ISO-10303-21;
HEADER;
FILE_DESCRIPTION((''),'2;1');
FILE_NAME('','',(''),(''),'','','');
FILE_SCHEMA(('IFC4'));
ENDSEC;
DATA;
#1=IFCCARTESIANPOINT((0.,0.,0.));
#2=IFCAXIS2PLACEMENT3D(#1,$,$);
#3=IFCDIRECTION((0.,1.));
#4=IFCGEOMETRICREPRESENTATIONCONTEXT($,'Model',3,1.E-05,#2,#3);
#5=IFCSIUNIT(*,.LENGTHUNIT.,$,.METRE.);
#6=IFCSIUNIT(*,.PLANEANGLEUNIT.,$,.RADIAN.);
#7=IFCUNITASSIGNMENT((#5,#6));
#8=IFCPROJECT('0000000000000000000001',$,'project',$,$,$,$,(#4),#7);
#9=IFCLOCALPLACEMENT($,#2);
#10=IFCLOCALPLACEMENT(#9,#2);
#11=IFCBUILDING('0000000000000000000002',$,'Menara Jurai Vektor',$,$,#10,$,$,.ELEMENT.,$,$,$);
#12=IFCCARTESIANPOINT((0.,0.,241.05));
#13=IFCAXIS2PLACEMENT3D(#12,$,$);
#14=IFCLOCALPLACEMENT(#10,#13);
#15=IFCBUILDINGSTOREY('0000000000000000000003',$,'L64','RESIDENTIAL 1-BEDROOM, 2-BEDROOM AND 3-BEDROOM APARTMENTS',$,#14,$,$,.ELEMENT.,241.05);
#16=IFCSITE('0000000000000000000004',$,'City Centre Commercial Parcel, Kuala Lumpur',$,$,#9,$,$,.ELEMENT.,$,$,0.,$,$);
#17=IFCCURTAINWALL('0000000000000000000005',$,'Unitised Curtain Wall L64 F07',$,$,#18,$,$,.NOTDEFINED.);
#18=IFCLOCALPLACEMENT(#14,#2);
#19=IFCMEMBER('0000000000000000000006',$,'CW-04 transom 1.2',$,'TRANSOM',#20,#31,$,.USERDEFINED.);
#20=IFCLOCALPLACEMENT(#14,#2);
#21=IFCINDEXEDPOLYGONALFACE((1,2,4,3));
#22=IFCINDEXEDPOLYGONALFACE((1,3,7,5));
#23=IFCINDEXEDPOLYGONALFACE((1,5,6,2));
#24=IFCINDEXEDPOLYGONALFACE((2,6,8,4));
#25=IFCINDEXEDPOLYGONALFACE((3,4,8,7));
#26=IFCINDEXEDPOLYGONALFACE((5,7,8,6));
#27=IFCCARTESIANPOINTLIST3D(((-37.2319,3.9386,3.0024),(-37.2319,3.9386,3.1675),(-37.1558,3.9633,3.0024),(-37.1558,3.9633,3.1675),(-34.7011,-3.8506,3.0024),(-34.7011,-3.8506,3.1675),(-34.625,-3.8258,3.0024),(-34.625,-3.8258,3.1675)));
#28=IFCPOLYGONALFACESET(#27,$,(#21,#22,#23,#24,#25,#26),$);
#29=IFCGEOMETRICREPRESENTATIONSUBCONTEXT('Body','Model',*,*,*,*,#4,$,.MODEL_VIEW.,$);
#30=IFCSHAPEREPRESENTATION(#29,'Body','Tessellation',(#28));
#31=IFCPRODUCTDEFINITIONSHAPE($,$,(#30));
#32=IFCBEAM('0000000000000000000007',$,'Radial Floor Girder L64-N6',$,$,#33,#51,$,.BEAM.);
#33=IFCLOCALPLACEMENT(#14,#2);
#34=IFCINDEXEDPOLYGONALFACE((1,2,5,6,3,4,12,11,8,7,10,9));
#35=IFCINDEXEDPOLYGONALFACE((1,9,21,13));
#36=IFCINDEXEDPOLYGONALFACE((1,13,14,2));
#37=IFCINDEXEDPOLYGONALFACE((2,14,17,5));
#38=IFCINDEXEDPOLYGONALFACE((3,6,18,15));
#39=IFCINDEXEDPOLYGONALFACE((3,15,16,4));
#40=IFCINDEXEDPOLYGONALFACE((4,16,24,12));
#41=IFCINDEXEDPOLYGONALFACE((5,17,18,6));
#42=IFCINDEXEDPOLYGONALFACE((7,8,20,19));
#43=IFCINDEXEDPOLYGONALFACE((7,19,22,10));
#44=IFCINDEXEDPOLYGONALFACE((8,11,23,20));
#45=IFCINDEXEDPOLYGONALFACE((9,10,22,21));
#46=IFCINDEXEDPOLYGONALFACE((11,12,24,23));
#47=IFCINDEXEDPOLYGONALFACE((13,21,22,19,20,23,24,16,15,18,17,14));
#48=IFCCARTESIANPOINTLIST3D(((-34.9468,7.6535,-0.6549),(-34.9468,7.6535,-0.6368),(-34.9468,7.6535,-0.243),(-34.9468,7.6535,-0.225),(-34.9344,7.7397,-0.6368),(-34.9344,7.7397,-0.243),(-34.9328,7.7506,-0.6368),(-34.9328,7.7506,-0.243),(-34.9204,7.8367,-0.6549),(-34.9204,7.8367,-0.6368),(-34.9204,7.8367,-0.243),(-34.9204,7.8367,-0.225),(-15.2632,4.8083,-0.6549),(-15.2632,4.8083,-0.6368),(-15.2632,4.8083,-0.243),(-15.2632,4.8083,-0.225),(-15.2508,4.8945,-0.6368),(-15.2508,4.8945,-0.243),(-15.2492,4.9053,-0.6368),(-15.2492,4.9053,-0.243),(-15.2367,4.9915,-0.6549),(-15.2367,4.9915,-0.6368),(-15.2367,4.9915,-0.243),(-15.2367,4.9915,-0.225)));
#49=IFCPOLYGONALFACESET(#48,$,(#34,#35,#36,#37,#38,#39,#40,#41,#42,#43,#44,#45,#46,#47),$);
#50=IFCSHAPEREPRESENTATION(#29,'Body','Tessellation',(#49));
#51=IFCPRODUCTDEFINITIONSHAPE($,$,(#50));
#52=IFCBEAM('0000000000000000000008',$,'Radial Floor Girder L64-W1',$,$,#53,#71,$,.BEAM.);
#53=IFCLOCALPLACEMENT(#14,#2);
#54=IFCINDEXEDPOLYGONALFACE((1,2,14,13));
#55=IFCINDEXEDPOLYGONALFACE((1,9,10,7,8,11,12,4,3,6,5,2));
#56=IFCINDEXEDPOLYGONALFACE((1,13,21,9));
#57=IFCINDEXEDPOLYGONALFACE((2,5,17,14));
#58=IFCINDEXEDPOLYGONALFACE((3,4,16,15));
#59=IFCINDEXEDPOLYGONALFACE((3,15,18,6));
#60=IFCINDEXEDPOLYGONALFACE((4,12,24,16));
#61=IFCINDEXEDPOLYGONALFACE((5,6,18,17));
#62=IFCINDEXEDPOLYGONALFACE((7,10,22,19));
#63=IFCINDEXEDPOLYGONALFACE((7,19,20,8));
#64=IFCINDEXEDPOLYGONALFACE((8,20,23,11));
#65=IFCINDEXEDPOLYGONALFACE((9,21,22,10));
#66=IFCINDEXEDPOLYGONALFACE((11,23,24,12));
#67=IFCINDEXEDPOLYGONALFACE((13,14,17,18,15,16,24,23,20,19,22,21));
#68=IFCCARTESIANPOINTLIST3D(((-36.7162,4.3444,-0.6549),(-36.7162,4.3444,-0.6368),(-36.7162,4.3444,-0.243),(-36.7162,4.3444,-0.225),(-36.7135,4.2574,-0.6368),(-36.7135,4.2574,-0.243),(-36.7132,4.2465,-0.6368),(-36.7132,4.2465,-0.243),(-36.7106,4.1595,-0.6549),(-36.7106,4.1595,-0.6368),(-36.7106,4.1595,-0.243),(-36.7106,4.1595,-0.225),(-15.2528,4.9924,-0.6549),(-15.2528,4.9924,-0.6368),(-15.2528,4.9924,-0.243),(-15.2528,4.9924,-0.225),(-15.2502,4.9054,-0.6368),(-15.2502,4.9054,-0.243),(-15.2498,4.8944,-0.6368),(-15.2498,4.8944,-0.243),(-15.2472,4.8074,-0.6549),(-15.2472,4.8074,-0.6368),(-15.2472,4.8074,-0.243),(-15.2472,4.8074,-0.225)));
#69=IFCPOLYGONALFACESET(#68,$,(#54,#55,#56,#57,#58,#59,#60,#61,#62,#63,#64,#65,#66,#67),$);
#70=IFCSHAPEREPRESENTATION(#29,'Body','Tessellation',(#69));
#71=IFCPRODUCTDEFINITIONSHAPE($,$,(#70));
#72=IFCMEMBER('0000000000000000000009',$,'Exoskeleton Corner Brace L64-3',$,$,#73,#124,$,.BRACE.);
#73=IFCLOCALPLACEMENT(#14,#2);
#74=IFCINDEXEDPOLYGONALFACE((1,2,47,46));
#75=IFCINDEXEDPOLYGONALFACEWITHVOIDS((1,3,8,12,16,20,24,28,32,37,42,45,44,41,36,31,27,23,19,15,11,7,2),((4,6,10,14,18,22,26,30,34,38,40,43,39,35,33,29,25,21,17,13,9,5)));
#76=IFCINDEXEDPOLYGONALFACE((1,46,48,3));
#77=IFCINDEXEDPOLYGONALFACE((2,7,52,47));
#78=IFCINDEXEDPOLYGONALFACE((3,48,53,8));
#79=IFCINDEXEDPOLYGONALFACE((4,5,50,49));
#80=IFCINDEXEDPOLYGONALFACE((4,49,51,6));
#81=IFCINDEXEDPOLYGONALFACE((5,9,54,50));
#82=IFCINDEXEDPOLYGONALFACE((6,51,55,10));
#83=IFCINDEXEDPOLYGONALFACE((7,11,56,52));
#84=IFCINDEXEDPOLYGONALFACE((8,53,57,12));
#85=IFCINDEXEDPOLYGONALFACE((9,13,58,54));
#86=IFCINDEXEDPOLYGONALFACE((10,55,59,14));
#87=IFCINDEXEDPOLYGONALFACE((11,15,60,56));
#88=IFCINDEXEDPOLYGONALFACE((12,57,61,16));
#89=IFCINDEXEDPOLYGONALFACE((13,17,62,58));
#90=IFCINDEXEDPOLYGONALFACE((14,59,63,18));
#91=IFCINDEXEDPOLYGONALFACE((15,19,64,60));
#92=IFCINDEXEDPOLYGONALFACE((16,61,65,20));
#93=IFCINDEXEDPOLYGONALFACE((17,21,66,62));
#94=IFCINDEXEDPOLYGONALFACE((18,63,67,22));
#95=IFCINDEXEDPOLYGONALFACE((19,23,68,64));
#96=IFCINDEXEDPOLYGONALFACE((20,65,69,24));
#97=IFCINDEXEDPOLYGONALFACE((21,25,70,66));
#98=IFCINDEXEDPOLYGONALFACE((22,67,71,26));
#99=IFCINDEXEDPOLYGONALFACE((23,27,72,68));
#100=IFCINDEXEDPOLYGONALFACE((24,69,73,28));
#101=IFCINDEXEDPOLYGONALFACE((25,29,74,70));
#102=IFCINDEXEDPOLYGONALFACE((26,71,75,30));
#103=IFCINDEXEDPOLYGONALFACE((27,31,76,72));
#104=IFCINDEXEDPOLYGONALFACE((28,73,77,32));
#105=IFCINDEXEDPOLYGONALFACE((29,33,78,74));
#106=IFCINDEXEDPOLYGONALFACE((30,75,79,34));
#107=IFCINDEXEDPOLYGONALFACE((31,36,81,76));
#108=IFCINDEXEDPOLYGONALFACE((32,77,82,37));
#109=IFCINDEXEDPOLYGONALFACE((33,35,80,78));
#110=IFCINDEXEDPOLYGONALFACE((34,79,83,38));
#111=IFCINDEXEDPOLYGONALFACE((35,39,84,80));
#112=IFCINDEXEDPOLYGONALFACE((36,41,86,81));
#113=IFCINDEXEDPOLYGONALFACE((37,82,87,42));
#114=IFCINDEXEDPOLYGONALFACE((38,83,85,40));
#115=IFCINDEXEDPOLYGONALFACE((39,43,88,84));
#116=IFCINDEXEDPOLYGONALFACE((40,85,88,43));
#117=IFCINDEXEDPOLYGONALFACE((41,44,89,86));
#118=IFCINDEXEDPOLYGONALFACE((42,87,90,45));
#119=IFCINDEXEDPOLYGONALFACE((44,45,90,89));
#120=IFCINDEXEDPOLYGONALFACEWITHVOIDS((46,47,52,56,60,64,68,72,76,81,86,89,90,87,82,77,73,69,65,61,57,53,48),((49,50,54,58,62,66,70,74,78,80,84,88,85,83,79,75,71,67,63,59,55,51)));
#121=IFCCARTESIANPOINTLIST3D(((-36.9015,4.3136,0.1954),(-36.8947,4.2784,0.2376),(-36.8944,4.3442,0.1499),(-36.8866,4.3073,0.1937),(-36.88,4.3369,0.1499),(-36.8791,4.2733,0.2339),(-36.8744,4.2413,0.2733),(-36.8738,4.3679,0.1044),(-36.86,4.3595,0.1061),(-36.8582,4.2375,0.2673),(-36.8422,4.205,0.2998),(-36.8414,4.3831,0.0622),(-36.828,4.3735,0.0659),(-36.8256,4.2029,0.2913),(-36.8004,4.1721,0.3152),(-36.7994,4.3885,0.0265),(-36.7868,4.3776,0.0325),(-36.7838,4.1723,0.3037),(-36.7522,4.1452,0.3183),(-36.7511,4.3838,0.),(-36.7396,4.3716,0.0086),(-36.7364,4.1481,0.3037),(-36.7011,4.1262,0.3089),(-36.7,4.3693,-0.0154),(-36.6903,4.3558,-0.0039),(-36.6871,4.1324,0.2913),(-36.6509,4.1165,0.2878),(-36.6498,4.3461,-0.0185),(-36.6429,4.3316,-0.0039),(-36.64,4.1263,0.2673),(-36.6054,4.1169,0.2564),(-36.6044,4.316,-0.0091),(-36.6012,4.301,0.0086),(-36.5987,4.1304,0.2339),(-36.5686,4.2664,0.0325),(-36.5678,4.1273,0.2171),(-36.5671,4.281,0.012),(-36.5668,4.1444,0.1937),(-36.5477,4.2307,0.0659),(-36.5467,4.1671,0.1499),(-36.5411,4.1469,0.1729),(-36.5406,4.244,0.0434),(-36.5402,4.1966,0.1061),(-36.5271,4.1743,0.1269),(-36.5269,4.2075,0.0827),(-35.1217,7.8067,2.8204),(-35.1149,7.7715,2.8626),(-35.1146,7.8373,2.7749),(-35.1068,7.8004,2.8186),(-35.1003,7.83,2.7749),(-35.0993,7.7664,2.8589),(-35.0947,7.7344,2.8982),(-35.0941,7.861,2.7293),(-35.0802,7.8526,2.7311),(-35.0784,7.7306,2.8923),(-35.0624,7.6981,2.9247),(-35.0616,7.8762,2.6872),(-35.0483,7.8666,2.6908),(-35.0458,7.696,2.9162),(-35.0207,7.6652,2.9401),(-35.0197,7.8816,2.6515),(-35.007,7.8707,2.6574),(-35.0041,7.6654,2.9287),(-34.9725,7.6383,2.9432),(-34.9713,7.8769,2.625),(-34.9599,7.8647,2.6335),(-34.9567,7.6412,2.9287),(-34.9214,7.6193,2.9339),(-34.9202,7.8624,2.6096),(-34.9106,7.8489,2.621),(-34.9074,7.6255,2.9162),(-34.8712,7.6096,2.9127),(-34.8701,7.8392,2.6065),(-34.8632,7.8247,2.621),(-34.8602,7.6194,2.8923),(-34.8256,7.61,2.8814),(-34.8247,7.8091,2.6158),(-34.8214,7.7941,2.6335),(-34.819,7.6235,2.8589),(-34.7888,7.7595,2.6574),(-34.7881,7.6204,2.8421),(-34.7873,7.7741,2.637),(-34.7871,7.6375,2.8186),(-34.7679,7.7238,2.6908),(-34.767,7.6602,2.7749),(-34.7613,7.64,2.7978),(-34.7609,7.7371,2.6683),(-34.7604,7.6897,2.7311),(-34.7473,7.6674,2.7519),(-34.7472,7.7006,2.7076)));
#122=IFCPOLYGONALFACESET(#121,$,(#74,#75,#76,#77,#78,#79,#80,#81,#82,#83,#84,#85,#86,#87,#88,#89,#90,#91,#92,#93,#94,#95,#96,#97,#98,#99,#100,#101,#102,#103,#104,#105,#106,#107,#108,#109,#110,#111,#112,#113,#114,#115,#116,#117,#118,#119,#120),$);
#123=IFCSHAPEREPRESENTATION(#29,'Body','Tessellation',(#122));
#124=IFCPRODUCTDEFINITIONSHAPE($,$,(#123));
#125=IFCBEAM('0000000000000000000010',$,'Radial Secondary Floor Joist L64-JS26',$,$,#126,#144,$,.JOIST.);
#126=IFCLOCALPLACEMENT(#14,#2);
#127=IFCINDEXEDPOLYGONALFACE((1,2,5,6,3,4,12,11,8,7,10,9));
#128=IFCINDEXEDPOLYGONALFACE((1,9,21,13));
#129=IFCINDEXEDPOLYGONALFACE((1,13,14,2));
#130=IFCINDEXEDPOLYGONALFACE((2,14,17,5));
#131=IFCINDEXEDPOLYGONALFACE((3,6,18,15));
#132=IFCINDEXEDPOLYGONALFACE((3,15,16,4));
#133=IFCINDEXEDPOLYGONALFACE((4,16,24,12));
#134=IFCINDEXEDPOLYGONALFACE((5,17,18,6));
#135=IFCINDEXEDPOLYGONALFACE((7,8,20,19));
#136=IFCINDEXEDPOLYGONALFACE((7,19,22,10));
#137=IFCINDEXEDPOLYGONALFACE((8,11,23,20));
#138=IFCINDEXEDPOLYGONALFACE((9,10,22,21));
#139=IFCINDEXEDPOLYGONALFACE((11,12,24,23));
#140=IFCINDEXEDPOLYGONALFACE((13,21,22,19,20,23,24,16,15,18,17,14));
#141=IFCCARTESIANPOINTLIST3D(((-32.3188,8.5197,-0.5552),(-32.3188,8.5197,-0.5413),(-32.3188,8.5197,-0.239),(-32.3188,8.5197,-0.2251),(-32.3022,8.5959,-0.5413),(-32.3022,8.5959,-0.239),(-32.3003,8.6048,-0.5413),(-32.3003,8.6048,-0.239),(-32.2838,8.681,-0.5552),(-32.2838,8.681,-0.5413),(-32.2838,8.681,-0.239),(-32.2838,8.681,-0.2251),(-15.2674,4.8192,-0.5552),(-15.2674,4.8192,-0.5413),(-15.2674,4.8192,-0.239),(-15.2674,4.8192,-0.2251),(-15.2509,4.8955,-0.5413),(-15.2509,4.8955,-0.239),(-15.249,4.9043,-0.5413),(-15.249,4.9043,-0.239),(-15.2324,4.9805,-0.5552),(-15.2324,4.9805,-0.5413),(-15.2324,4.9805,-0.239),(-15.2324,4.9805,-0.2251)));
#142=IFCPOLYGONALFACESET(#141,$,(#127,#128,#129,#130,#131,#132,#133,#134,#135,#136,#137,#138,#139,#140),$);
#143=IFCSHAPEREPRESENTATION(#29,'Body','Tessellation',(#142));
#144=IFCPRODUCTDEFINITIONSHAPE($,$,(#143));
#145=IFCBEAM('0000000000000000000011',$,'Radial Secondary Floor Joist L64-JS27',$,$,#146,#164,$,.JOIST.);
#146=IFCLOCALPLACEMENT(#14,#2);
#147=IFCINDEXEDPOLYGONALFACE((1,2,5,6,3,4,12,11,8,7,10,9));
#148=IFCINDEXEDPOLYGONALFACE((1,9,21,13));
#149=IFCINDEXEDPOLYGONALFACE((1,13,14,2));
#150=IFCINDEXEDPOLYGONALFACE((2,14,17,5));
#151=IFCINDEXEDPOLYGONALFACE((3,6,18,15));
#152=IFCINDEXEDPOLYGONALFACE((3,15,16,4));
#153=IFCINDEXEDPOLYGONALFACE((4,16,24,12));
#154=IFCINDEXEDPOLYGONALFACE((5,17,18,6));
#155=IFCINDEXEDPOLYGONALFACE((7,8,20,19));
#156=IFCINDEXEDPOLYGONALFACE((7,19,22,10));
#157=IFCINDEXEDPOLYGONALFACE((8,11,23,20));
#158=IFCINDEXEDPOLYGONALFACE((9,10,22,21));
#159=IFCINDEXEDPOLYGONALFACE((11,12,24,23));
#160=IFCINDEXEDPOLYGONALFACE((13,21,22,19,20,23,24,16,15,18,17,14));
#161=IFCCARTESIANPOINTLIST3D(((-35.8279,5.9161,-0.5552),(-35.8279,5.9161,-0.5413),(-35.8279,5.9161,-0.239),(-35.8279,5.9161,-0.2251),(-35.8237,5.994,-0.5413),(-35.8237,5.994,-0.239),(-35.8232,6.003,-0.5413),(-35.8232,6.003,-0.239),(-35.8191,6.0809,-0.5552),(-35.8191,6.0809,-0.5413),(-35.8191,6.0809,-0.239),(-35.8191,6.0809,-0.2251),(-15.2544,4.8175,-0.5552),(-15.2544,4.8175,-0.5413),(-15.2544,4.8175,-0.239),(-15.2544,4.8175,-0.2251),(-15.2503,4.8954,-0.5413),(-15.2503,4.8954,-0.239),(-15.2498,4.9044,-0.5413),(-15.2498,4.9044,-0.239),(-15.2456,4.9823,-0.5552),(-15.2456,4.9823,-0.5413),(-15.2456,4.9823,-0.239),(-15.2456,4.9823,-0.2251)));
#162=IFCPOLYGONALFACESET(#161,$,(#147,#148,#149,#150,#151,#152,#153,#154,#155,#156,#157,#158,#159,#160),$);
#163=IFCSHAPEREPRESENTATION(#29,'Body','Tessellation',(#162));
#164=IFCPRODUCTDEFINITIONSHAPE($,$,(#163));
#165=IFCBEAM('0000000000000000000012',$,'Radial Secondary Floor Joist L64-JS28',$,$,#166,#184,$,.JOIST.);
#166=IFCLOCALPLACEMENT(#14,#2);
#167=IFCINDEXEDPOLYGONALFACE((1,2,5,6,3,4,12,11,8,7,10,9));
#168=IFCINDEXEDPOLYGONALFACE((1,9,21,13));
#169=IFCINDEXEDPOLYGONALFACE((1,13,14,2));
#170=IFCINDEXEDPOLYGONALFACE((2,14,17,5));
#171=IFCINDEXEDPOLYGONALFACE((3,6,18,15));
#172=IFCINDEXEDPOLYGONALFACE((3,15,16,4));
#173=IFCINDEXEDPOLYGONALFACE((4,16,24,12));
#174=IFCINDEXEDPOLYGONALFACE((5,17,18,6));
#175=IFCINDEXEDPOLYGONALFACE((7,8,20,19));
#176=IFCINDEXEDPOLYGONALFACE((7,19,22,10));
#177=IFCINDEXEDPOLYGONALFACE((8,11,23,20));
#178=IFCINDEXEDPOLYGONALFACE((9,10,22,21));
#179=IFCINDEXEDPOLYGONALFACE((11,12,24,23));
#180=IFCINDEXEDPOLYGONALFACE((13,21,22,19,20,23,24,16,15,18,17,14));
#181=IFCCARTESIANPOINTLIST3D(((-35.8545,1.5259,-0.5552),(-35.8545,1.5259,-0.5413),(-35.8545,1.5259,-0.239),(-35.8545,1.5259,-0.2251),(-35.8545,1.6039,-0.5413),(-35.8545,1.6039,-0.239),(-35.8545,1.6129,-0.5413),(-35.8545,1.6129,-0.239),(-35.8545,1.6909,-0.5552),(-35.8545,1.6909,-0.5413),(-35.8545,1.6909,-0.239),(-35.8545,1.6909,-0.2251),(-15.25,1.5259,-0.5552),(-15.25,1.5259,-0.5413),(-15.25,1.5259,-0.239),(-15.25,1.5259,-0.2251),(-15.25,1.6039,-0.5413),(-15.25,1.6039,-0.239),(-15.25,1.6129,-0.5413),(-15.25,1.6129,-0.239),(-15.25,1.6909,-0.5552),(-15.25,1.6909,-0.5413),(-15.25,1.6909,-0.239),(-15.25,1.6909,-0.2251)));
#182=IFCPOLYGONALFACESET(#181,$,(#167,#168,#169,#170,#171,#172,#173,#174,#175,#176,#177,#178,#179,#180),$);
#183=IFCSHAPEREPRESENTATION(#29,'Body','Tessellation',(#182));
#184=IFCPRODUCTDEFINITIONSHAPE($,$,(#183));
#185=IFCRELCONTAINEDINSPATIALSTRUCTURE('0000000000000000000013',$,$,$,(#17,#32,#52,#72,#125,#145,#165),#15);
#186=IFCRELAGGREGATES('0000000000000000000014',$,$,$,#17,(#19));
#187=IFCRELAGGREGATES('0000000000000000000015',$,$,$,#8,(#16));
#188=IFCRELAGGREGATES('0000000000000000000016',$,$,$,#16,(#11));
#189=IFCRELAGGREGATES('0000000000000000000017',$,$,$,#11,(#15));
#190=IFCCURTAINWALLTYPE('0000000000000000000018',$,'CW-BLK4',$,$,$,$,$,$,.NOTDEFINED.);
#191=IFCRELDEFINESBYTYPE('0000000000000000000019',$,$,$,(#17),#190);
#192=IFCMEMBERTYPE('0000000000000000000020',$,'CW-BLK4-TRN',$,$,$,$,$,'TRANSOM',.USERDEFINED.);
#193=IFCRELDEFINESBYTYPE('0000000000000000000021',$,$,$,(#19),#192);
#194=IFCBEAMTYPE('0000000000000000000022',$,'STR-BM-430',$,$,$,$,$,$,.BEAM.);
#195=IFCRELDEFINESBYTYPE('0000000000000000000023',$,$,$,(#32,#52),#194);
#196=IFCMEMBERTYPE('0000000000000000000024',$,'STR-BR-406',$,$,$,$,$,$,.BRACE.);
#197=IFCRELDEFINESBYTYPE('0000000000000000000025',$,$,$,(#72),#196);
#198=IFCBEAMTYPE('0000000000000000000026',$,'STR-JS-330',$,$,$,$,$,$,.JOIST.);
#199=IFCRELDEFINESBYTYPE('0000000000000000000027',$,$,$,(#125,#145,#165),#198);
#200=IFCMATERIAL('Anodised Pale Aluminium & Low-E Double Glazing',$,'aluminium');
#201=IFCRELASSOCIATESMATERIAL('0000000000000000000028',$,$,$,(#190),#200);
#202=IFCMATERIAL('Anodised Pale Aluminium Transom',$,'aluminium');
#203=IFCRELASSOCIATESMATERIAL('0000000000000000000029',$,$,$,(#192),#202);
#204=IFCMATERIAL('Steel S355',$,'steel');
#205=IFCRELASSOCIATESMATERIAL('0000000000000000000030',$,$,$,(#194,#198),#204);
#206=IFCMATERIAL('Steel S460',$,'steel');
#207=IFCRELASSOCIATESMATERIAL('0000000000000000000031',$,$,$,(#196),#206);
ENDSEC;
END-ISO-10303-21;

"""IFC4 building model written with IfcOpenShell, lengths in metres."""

from ifc_helpers import new_model, si_unit, direction, frame, origin, origin_2d, place, context, subcontext, project, spatial, rectangle, hollow_circle, i_section, extrude, material, material_profile, profile_set, type_object, element, aggregate, save


model = new_model("IFC4")

# Units and contexts
model_context = context("Model", 3, precision=1e-05, world=origin(), true_north=direction((0.0, 1.0)))
body_context = subcontext(model_context, "Body", "Model", "MODEL_VIEW")
ifc_project = project(units=[si_unit("LENGTHUNIT", "METRE"), si_unit("PLANEANGLEUNIT", "RADIAN")], contexts=[model_context])

# Site, building, storey
site_placement = place(None, origin())
site = spatial("IfcSite", under=ifc_project, at=site_placement, Name="City Centre Commercial Parcel, Kuala Lumpur", CompositionType="ELEMENT", RefElevation=0.0)
building_placement = place(site_placement, origin())
building = spatial("IfcBuilding", under=site, at=building_placement, Name="Menara Jurai Vektor", CompositionType="ELEMENT")
storey_placement = place(building_placement, frame((0.0, 0.0, 241.05)))
storey = spatial("IfcBuildingStorey", under=building, at=storey_placement, Name="L64", Description="RESIDENTIAL 1-BEDROOM, 2-BEDROOM AND 3-BEDROOM APARTMENTS", CompositionType="ELEMENT", Elevation=241.05)

# Shared definitions
ifc_material_1 = material(Name="Steel S460", Category="steel")

# Shared definitions
ifc_material_2 = material(Name="Anodised Pale Aluminium & Low-E Double Glazing", Category="aluminium")
curtain_wall_type = type_object("IfcCurtainWallType", Name="CW-BLK4", PredefinedType="NOTDEFINED", material=ifc_material_2)

# Curtain wall
curtain_wall_1_placement = place(storey_placement, origin())
curtain_wall_1 = element("IfcCurtainWall", 1, at=curtain_wall_1_placement, inside=storey, type_object=curtain_wall_type, Name="Unitised Curtain Wall L64 F07", PredefinedType="NOTDEFINED")

# Member
ifc_material_3 = material(Name="Anodised Pale Aluminium Transom", Category="aluminium")
ifc_material_profile_1 = material_profile(ifc_material_3, rectangle(XDim=0.0801, YDim=0.165, at=origin_2d()), Name="ALU TRN 80x165")
ifc_profile_set_1 = profile_set([ifc_material_profile_1], Name="Anodised Pale Aluminium Transom")
member_type_1 = type_object("IfcMemberType", Name="CW-BLK4-TRN", ElementType="TRANSOM", PredefinedType="USERDEFINED", material=ifc_profile_set_1)
member_1_placement = place(storey_placement, frame((-37.1938, 3.9509, 3.085), z_axis=(0.309011, -0.951059, 0.0), x_axis=(0.951059, 0.309011, 0.0)))
member_1 = element("IfcMember", 2, at=member_1_placement, type_object=member_type_1, Name="CW-04 transom 1.2", ObjectType="TRANSOM", PredefinedType="USERDEFINED", context=body_context, shape_type="SweptSolid", body=[
    extrude(rectangle(XDim=0.0801, YDim=0.165, at=origin_2d()), origin(), (0.0, 0.0, 1.0), 8.1899),
])

# Beams
ifc_material_4 = material(Name="Steel S355", Category="steel")
ifc_material_profile_2 = material_profile(ifc_material_4, i_section(OverallWidth=0.1851, OverallDepth=0.4299, WebThickness=0.011, FlangeThickness=0.0181, at=origin_2d()), Name="PG 430x185x76")
ifc_profile_set_2 = profile_set([ifc_material_profile_2], Name="Steel S355")
beam_type_1 = type_object("IfcBeamType", Name="STR-BM-430", PredefinedType="BEAM", material=ifc_profile_set_2)
beam_1_placement = place(storey_placement, frame((-34.9336, 7.7451, -0.4399), z_axis=(0.989714, -0.143061, 0.0), x_axis=(0.143061, 0.989714, 0.0)))
element("IfcBeam", 3, at=beam_1_placement, inside=storey, type_object=beam_type_1, Name="Radial Floor Girder L64-N6", PredefinedType="BEAM", context=body_context, shape_type="SweptSolid", body=[
    extrude(i_section(OverallWidth=0.1851, OverallDepth=0.4299, WebThickness=0.011, FlangeThickness=0.0181, at=origin_2d()), origin(), (0.0, 0.0, 1.0), 19.8882),
])
beam_2_placement = place(storey_placement, frame((-36.7134, 4.252, -0.4399), z_axis=(0.999545, 0.030175, 0.0), x_axis=(-0.030175, 0.999545, 0.0)))
element("IfcBeam", 4, at=beam_2_placement, inside=storey, type_object=beam_type_1, Name="Radial Floor Girder L64-W1", PredefinedType="BEAM", context=body_context, shape_type="SweptSolid", body=[
    extrude(i_section(OverallWidth=0.1851, OverallDepth=0.4299, WebThickness=0.011, FlangeThickness=0.0181, at=origin_2d()), origin(), (0.0, 0.0, 1.0), 21.4731),
])

# Member
ifc_material_profile_3 = material_profile(ifc_material_1, hollow_circle(Radius=0.2031, WallThickness=0.0161, at=origin_2d()), Name="CHS 406.4x16")
ifc_profile_set_3 = profile_set([ifc_material_profile_3], Name="Steel S460")
member_type_2 = type_object("IfcMemberType", Name="STR-BR-406", PredefinedType="BRACE", material=ifc_profile_set_3)
member_2_placement = place(storey_placement, frame((-36.7134, 4.252, 0.1499), z_axis=(0.377225, 0.740375, 0.556368), x_axis=(-0.891014, 0.453976, 0.0)))
element("IfcMember", 5, at=member_2_placement, inside=storey, type_object=member_type_2, Name="Exoskeleton Corner Brace L64-3", PredefinedType="BRACE", context=body_context, shape_type="SweptSolid", body=[
    extrude(hollow_circle(Radius=0.2031, WallThickness=0.0161, at=origin_2d()), origin(), (0.0, 0.0, 1.0), 4.718),
])

# Beams
ifc_material_profile_4 = material_profile(ifc_material_4, i_section(OverallWidth=0.165, OverallDepth=0.3301, WebThickness=0.009, FlangeThickness=0.0139, at=origin_2d()), Name="PG 330x165x46")
ifc_profile_set_4 = profile_set([ifc_material_profile_4], Name="Steel S355")
beam_type_2 = type_object("IfcBeamType", Name="STR-JS-330", PredefinedType="JOIST", material=ifc_profile_set_4)
beam_3_placement = place(storey_placement, frame((-32.3013, 8.6003, -0.3901), z_axis=(0.977252, -0.212082, 0.0), x_axis=(0.212082, 0.977252, 0.0)))
element("IfcBeam", 6, at=beam_3_placement, inside=storey, type_object=beam_type_2, Name="Radial Secondary Floor Joist L64-JS26", PredefinedType="JOIST", context=body_context, shape_type="SweptSolid", body=[
    extrude(i_section(OverallWidth=0.165, OverallDepth=0.3301, WebThickness=0.009, FlangeThickness=0.0139, at=origin_2d()), origin(), (0.0, 0.0, 1.0), 17.4482),
])
beam_4_placement = place(storey_placement, frame((-35.8235, 5.9985, -0.3901), z_axis=(0.998577, -0.053324, 0.0), x_axis=(0.053324, 0.998577, 0.0)))
element("IfcBeam", 7, at=beam_4_placement, inside=storey, type_object=beam_type_2, Name="Radial Secondary Floor Joist L64-JS27", PredefinedType="JOIST", context=body_context, shape_type="SweptSolid", body=[
    extrude(i_section(OverallWidth=0.165, OverallDepth=0.3301, WebThickness=0.009, FlangeThickness=0.0139, at=origin_2d()), origin(), (0.0, 0.0, 1.0), 20.6028),
])
beam_5_placement = place(storey_placement, frame((-35.8545, 1.6084, -0.3901), z_axis=(1.0, 0.0, 0.0), x_axis=(0.0, 1.0, 0.0)))
element("IfcBeam", 8, at=beam_5_placement, inside=storey, type_object=beam_type_2, Name="Radial Secondary Floor Joist L64-JS28", PredefinedType="JOIST", context=body_context, shape_type="SweptSolid", body=[
    extrude(i_section(OverallWidth=0.165, OverallDepth=0.3301, WebThickness=0.009, FlangeThickness=0.0139, at=origin_2d()), origin(), (0.0, 0.0, 1.0), 20.6045),
])

aggregate(curtain_wall_1, [member_1])

save(model, "model.ifc")
